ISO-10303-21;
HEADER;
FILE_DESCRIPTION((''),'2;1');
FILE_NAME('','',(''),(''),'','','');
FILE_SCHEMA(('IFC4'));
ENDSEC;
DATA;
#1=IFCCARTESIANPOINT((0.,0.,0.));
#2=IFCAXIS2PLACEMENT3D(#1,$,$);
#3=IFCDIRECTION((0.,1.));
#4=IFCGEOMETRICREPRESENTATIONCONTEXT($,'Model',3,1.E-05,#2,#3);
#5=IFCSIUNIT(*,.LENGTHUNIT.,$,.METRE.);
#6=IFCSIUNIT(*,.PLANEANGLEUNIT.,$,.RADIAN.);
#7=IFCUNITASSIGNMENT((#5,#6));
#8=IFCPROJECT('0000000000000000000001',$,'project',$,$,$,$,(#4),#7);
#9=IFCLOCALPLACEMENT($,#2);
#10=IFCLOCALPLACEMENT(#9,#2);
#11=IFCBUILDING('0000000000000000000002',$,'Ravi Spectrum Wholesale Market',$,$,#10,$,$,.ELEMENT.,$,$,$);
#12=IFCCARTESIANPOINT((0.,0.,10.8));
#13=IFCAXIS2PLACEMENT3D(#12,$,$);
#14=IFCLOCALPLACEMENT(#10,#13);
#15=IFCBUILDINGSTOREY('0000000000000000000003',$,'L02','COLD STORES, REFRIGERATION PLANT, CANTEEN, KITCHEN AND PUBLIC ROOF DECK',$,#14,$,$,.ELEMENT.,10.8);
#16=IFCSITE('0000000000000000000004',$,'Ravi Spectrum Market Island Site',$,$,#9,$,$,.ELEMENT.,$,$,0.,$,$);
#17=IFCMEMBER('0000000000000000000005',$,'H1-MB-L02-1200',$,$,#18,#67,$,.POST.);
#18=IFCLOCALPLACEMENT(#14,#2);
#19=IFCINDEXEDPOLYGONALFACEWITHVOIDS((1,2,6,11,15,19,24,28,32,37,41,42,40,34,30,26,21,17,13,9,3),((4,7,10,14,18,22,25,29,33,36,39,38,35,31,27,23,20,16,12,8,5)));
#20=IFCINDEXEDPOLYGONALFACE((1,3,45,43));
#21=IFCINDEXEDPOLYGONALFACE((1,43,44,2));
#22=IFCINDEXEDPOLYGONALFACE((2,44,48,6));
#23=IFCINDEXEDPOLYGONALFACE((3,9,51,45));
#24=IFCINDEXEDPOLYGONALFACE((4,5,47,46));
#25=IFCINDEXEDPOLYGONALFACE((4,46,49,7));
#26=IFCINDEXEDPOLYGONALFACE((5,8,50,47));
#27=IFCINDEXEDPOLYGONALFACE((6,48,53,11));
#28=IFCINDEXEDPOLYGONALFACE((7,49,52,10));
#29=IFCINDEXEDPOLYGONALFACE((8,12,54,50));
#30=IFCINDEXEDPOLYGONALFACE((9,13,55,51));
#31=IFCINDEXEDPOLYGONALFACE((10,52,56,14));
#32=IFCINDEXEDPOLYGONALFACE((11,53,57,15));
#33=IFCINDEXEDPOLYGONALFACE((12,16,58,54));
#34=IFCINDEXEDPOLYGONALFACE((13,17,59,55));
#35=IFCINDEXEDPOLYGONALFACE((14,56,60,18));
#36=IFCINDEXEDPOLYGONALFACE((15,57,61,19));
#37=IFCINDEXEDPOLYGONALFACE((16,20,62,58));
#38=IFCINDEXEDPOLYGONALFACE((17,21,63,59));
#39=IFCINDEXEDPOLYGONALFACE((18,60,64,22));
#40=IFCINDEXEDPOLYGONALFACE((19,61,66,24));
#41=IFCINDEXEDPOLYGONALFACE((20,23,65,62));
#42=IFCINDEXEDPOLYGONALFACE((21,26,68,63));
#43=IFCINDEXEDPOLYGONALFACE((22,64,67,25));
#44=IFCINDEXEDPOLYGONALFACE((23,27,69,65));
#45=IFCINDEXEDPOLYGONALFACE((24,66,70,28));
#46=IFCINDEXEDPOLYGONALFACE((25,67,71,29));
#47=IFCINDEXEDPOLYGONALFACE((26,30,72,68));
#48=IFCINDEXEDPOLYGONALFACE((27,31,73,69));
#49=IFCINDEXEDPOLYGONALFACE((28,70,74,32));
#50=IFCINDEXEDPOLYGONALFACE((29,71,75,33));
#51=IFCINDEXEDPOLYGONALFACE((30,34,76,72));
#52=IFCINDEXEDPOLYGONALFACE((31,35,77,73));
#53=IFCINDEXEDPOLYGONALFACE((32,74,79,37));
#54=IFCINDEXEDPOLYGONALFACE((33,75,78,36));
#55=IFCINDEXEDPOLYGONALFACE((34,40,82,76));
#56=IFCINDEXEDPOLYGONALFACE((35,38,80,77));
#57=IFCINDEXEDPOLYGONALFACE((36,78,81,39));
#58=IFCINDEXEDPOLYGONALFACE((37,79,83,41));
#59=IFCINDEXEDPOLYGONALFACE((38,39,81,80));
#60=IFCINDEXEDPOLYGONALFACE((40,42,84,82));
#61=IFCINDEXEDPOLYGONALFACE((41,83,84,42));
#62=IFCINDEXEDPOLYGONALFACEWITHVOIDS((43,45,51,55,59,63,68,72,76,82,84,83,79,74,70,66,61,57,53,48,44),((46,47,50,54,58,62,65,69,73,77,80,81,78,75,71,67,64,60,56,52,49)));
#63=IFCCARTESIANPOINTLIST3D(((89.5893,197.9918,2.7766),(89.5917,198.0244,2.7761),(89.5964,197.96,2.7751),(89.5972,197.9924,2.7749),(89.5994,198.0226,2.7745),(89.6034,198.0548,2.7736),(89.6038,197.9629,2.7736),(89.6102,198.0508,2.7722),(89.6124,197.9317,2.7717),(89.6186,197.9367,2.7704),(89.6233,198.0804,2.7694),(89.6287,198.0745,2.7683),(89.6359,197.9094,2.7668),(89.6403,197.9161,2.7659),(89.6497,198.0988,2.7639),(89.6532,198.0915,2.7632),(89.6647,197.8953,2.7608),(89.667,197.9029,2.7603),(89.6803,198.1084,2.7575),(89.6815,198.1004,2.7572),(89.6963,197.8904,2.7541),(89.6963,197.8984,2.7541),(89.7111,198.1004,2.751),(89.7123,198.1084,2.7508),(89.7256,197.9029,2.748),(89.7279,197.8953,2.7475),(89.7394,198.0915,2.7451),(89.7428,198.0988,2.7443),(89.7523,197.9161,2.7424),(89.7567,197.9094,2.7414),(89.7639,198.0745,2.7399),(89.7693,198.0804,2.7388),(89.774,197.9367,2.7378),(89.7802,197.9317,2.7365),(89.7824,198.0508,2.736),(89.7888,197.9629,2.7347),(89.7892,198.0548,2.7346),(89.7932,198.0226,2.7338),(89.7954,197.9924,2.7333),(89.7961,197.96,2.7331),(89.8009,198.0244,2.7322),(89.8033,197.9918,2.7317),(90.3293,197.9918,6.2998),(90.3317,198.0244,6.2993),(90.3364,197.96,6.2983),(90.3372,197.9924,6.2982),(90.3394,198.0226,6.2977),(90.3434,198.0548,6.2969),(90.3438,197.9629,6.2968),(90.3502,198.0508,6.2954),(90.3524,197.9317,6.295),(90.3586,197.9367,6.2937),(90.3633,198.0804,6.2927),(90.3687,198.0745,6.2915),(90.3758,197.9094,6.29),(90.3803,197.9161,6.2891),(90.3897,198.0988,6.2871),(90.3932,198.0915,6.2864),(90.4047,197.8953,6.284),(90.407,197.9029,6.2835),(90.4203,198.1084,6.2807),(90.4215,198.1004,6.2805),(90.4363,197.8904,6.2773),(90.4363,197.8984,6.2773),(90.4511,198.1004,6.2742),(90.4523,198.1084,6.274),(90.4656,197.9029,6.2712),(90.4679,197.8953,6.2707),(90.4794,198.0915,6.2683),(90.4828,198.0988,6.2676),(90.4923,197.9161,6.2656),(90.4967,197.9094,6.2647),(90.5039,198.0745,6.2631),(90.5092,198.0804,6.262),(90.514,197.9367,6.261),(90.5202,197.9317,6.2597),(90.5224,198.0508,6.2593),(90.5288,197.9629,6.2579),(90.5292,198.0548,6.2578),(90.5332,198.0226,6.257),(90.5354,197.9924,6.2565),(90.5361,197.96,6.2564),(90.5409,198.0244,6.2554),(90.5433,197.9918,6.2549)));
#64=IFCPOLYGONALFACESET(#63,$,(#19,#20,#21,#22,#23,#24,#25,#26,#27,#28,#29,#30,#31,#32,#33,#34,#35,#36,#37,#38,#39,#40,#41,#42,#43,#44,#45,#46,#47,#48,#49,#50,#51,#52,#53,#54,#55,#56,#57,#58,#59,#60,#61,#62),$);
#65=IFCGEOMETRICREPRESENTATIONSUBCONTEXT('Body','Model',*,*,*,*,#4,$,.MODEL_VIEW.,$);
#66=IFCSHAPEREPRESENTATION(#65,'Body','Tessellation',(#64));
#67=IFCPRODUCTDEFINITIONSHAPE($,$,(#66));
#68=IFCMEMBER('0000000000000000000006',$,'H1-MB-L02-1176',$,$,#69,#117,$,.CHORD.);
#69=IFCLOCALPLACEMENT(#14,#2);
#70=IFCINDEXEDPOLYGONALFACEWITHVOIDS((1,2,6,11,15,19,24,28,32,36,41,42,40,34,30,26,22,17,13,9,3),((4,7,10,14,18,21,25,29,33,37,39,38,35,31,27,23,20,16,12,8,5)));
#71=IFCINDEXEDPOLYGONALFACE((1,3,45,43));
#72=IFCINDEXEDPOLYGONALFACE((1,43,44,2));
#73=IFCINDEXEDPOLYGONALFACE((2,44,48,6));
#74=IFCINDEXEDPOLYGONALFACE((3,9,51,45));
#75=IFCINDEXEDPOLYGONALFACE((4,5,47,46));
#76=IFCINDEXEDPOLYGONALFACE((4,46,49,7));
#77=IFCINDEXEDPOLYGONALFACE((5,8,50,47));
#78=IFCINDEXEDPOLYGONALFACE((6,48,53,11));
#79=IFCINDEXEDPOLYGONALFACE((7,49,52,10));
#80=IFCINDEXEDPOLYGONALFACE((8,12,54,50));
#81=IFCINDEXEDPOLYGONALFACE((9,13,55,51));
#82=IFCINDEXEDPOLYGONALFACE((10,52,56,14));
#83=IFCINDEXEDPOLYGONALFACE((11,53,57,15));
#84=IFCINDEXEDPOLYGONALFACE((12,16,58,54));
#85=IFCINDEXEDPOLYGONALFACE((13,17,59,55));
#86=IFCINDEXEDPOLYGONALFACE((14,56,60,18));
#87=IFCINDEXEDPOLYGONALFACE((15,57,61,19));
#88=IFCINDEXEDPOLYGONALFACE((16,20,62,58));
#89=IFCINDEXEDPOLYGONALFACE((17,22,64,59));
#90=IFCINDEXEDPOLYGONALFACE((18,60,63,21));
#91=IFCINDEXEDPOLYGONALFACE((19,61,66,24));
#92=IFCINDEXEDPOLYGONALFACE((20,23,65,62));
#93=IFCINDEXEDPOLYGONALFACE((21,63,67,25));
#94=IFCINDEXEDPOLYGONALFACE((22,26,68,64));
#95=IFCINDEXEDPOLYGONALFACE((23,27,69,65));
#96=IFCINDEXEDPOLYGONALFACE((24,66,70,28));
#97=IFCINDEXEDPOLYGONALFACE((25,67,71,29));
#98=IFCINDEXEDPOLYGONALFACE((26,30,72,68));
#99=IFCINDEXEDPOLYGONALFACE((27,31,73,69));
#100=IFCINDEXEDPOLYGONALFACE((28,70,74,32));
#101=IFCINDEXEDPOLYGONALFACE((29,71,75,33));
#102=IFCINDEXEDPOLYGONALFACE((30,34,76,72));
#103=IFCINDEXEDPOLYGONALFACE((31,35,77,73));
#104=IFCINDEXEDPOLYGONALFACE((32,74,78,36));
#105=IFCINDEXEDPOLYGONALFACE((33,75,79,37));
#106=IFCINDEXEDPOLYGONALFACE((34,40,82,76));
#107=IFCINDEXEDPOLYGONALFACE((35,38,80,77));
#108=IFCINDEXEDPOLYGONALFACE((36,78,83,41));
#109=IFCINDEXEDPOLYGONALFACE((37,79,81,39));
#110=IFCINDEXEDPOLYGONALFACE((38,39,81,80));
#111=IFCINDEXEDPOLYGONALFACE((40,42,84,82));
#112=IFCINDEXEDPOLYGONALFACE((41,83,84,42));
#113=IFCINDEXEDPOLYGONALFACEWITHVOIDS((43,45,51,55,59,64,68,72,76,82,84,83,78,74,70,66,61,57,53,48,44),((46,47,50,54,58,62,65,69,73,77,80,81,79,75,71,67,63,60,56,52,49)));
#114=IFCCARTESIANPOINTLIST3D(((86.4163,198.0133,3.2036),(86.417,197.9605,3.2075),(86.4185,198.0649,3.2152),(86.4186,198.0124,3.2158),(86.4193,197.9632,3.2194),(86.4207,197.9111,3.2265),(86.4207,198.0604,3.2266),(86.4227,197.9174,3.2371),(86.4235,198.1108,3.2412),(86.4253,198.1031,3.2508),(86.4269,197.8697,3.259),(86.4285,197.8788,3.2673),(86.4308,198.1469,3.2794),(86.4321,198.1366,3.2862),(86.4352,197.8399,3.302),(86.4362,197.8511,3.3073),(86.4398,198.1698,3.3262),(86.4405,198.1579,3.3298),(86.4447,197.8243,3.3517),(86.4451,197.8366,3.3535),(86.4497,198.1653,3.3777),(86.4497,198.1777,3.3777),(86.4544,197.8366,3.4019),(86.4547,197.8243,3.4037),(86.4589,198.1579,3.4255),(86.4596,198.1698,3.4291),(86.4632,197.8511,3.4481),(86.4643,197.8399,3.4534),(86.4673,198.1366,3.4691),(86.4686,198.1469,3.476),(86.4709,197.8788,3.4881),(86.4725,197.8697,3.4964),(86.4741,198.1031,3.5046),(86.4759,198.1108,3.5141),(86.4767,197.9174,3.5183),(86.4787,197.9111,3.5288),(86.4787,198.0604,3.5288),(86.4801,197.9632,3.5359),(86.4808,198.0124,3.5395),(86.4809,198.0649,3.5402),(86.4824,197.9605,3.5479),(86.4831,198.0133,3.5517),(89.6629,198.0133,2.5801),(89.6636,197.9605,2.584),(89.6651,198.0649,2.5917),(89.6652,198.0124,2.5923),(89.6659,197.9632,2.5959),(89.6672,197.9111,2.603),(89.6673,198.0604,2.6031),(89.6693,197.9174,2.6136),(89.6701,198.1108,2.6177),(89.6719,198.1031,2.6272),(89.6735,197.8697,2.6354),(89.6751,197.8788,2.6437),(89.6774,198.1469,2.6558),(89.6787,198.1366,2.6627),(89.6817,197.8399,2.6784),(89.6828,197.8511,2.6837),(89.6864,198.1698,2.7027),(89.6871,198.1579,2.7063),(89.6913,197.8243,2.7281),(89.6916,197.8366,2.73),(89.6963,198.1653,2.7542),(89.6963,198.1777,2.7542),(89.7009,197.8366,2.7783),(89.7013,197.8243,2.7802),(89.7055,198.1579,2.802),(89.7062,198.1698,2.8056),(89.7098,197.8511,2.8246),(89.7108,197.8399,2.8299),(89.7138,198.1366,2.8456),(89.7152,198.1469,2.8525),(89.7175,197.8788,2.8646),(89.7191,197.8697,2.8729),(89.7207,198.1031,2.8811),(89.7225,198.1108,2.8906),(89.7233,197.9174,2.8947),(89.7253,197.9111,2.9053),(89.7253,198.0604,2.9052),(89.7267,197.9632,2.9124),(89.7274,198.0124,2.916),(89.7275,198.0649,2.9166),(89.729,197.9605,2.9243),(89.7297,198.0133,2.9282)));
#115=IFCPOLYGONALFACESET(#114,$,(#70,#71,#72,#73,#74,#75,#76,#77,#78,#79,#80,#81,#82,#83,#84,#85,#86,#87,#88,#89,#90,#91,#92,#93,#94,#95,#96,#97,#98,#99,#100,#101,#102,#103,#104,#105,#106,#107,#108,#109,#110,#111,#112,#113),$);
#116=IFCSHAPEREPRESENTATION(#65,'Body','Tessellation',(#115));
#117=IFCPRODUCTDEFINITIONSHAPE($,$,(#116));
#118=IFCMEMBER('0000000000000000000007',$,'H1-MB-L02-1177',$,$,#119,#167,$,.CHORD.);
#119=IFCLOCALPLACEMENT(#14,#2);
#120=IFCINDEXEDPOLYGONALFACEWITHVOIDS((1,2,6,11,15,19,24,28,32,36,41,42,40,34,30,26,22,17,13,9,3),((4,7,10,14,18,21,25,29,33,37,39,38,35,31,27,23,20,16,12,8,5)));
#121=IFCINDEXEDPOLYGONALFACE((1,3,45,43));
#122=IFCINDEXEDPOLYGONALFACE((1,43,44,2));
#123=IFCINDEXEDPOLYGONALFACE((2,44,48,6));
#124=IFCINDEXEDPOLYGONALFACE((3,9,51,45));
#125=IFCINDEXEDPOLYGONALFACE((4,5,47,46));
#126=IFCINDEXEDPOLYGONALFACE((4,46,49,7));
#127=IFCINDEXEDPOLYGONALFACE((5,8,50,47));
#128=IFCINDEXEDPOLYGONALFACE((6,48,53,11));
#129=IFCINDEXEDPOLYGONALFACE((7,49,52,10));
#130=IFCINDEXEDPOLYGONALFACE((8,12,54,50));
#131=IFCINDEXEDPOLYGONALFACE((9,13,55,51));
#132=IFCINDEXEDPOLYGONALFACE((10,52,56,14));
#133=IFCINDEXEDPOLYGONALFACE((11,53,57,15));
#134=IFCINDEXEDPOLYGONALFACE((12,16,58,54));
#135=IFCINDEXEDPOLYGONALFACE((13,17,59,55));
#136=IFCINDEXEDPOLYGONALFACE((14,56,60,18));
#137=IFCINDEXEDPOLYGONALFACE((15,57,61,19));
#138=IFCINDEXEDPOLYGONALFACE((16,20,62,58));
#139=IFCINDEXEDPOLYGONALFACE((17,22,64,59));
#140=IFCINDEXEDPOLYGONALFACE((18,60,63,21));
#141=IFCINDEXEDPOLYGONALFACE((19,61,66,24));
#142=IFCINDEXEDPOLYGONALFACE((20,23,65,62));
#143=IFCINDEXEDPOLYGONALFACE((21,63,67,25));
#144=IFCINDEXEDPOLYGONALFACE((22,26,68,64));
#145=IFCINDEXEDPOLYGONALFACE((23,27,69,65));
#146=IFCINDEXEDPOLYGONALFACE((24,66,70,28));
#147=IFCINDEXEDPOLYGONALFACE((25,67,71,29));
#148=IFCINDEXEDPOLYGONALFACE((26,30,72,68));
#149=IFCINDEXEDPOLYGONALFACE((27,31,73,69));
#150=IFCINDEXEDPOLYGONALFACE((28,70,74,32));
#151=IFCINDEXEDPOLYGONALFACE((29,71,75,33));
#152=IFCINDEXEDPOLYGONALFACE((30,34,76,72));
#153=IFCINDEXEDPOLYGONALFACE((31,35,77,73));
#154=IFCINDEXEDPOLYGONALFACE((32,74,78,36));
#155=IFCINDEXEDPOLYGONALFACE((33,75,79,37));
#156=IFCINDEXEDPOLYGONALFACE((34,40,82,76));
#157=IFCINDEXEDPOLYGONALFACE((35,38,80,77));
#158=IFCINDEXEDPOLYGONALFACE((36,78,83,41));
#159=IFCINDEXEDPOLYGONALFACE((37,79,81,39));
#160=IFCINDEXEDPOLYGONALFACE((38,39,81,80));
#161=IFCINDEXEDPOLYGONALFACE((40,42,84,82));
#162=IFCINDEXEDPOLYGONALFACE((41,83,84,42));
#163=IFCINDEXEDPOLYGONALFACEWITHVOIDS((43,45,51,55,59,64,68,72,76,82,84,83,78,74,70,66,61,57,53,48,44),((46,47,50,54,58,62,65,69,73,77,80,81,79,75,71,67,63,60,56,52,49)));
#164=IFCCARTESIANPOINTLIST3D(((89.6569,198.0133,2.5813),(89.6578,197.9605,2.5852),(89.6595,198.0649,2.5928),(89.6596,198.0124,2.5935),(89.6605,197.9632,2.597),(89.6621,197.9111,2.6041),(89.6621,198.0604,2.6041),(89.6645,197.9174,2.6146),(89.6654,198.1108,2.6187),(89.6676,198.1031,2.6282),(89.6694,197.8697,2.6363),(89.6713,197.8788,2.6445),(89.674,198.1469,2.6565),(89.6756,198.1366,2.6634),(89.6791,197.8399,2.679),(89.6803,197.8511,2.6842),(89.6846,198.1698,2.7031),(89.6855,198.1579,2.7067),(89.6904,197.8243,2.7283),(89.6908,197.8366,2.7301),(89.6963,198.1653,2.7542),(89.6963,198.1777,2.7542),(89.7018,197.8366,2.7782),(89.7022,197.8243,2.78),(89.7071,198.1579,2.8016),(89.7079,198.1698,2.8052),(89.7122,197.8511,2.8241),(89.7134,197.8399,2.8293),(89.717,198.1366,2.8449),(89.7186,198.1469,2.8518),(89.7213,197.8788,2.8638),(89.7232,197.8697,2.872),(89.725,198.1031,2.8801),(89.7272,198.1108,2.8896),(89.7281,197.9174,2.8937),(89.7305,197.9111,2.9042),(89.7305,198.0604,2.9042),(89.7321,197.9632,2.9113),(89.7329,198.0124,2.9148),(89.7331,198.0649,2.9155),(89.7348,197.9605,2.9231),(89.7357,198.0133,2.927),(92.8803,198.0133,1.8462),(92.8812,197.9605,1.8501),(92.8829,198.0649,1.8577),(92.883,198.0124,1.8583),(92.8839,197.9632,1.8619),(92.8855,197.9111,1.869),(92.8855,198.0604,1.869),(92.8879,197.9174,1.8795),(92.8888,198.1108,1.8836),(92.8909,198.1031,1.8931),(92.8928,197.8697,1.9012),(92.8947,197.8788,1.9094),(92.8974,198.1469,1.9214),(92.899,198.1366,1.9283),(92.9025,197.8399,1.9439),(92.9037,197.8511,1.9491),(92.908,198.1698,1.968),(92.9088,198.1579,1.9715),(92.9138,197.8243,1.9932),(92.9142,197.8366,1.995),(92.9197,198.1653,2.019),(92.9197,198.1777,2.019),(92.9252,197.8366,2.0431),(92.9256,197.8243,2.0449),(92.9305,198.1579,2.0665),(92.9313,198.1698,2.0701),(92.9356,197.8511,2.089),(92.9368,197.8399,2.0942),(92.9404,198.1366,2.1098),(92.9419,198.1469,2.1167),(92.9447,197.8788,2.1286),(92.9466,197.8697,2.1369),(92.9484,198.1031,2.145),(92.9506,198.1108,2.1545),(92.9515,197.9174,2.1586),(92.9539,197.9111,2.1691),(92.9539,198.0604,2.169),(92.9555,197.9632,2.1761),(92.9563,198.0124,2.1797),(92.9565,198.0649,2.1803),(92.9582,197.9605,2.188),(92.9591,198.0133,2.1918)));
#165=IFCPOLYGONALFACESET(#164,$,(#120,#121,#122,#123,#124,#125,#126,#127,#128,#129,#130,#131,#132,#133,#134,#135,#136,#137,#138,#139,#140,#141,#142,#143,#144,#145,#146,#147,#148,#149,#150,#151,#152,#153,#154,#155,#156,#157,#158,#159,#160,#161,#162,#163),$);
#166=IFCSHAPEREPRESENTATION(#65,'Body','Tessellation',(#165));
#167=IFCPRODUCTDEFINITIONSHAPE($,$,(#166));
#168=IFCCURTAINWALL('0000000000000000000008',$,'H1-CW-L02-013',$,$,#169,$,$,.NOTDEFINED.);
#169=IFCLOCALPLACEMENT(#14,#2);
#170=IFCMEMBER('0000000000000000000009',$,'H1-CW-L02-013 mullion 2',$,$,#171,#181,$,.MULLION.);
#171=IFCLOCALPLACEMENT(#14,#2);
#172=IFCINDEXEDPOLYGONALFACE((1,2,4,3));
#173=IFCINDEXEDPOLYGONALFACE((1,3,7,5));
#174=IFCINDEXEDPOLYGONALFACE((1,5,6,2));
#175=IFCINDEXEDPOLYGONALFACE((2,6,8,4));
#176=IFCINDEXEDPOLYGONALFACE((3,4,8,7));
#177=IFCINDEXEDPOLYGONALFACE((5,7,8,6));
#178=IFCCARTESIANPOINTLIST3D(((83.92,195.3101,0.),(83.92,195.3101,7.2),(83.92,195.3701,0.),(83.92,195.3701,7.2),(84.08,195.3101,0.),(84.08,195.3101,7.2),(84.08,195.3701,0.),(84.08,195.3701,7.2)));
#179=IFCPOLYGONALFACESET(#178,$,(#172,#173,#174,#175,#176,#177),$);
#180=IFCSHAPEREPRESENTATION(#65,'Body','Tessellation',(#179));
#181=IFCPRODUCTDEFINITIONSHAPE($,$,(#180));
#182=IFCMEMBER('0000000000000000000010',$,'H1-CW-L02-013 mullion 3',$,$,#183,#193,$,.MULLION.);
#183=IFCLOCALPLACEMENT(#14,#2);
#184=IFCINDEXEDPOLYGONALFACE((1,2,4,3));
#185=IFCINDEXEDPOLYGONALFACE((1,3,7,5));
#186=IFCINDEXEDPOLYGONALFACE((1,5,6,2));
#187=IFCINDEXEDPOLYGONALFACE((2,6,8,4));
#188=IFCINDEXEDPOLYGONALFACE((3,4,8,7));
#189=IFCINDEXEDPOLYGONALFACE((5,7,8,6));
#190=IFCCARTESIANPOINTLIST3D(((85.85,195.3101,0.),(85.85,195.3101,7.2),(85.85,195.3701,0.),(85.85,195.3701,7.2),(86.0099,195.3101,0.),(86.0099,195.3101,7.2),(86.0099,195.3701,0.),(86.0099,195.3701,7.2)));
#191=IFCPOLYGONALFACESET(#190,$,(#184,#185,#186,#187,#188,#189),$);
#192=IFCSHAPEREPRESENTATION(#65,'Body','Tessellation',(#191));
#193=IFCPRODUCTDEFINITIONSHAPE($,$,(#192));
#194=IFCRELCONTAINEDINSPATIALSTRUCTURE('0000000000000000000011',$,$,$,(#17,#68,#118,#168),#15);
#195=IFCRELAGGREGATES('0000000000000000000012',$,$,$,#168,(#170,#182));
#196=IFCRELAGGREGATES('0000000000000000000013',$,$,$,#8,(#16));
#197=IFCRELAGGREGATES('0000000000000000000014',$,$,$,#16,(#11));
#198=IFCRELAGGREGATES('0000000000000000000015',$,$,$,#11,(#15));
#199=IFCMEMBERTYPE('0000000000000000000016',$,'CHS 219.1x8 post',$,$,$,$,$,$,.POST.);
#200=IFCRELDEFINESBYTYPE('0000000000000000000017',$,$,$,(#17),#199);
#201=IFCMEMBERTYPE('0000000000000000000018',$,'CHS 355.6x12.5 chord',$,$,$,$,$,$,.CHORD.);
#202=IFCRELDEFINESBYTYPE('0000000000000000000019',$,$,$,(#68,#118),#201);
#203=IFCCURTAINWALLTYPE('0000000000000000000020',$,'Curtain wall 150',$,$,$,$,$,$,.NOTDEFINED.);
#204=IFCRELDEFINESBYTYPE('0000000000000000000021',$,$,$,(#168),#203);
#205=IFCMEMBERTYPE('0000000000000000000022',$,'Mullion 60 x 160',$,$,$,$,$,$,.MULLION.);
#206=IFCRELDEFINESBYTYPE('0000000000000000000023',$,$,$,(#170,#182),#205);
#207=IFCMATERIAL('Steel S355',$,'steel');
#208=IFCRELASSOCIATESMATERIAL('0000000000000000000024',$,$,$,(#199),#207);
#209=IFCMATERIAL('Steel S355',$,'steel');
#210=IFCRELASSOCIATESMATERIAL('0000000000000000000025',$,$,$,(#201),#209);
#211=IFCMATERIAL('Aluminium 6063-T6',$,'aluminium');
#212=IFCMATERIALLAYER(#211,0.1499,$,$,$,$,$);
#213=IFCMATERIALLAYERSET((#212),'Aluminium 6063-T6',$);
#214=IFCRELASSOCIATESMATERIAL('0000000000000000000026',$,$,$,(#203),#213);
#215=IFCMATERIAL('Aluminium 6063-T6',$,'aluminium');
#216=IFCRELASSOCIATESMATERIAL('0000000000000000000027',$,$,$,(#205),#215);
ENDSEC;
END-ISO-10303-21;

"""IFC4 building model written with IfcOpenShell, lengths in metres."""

from ifc_helpers import new_model, si_unit, direction, frame, origin, origin_2d, place, context, subcontext, project, spatial, rectangle, hollow_circle, extrude, material, layer, layer_set, material_profile, profile_set, type_object, element, aggregate, save


model = new_model("IFC4")

# Units and contexts
model_context = context("Model", 3, precision=1e-05, world=origin(), true_north=direction((0.0, 1.0)))
body_context = subcontext(model_context, "Body", "Model", "MODEL_VIEW")
ifc_project = project(units=[si_unit("LENGTHUNIT", "METRE"), si_unit("PLANEANGLEUNIT", "RADIAN")], contexts=[model_context])

# Site, building, storey
site_placement = place(None, origin())
site = spatial("IfcSite", under=ifc_project, at=site_placement, Name="Ravi Spectrum Market Island Site", CompositionType="ELEMENT", RefElevation=0.0)
building_placement = place(site_placement, origin())
building = spatial("IfcBuilding", under=site, at=building_placement, Name="Ravi Spectrum Wholesale Market", CompositionType="ELEMENT")
storey_placement = place(building_placement, frame((0.0, 0.0, 10.8)))
storey = spatial("IfcBuildingStorey", under=building, at=storey_placement, Name="L02", Description="COLD STORES, REFRIGERATION PLANT, CANTEEN, KITCHEN AND PUBLIC ROOF DECK", CompositionType="ELEMENT", Elevation=10.8)

# Members
ifc_material_1 = material(Name="Steel S355", Category="steel")
ifc_material_profile_1 = material_profile(ifc_material_1, hollow_circle(Radius=0.1096, WallThickness=0.0081, at=origin_2d()))
ifc_profile_set_1 = profile_set([ifc_material_profile_1], Name="Steel S355")
member_type_1 = type_object("IfcMemberType", Name="CHS 219.1x8 post", PredefinedType="POST", material=ifc_profile_set_1)
for number, where, z_axis, x_axis, name in (
    (1, (90.4363, 198.0, 6.2773), (-0.205549, 0.0, -0.978647), (0.0, -1.0, 0.0), "H1-MB-L02-1200"),
):
    element("IfcMember", number, at=place(storey_placement, frame(where, z_axis=z_axis, x_axis=x_axis)), inside=storey, type_object=member_type_1, Name=name, PredefinedType="POST", context=body_context, shape_type="SweptSolid", body=[
        extrude(hollow_circle(Radius=0.1096, WallThickness=0.0081, at=origin_2d()), origin(), (0.0, 0.0, 1.0), 3.6001),
    ])
ifc_material_2 = material(Name="Steel S355", Category="steel")
ifc_material_profile_2 = material_profile(ifc_material_2, hollow_circle(Radius=0.1777, WallThickness=0.0125, at=origin_2d()))
ifc_profile_set_2 = profile_set([ifc_material_profile_2], Name="Steel S355")
member_type_2 = type_object("IfcMemberType", Name="CHS 355.6x12.5 chord", PredefinedType="CHORD", material=ifc_profile_set_2)
member_1_placement = place(storey_placement, frame((86.4497, 198.0, 3.3777), z_axis=(0.982052, 0.0, -0.188612), x_axis=(0.0, 1.0, 0.0)))
element("IfcMember", 2, at=member_1_placement, inside=storey, type_object=member_type_2, Name="H1-MB-L02-1176", PredefinedType="CHORD", context=body_context, shape_type="SweptSolid", body=[
    extrude(hollow_circle(Radius=0.1777, WallThickness=0.0125, at=origin_2d()), origin(), (0.0, 0.0, 1.0), 3.3059),
])
member_2_placement = place(storey_placement, frame((89.6963, 198.0, 2.7542), z_axis=(0.974968, 0.0, -0.222346), x_axis=(0.0, 1.0, 0.0)))
element("IfcMember", 3, at=member_2_placement, inside=storey, type_object=member_type_2, Name="H1-MB-L02-1177", PredefinedType="CHORD", context=body_context, shape_type="SweptSolid", body=[
    extrude(hollow_circle(Radius=0.1777, WallThickness=0.0125, at=origin_2d()), origin(), (0.0, 0.0, 1.0), 3.3062),
])

# Curtain wall, members
ifc_material_3 = material(Name="Aluminium 6063-T6", Category="aluminium")
ifc_layer_1 = layer(ifc_material_3, 0.1499)
ifc_layer_set_1 = layer_set([ifc_layer_1], Name="Aluminium 6063-T6")
curtain_wall_type = type_object("IfcCurtainWallType", Name="Curtain wall 150", PredefinedType="NOTDEFINED", material=ifc_layer_set_1)
curtain_wall_1_placement = place(storey_placement, origin())
curtain_wall_1 = element("IfcCurtainWall", 4, at=curtain_wall_1_placement, inside=storey, type_object=curtain_wall_type, Name="H1-CW-L02-013", PredefinedType="NOTDEFINED")
ifc_material_4 = material(Name="Aluminium 6063-T6", Category="aluminium")
ifc_material_profile_3 = material_profile(ifc_material_4, rectangle(XDim=0.0601, YDim=0.1599, at=origin_2d()))
ifc_profile_set_3 = profile_set([ifc_material_profile_3], Name="Aluminium 6063-T6")
member_type_3 = type_object("IfcMemberType", Name="Mullion 60 x 160", PredefinedType="MULLION", material=ifc_profile_set_3)
member_3_placement = place(storey_placement, frame((84.0, 195.3401, 0.0), z_axis=(0.0, 0.0, 1.0), x_axis=(0.0, 1.0, 0.0)))
member_3 = element("IfcMember", 5, at=member_3_placement, type_object=member_type_3, Name="H1-CW-L02-013 mullion 2", PredefinedType="MULLION", context=body_context, shape_type="SweptSolid", body=[
    extrude(rectangle(XDim=0.0601, YDim=0.1599, at=origin_2d()), origin(), (0.0, 0.0, 1.0), 7.2),
])
member_4_placement = place(storey_placement, frame((85.9299, 195.3401, 0.0), z_axis=(0.0, 0.0, 1.0), x_axis=(0.0, 1.0, 0.0)))
member_4 = element("IfcMember", 6, at=member_4_placement, type_object=member_type_3, Name="H1-CW-L02-013 mullion 3", PredefinedType="MULLION", context=body_context, shape_type="SweptSolid", body=[
    extrude(rectangle(XDim=0.0601, YDim=0.1599, at=origin_2d()), origin(), (0.0, 0.0, 1.0), 7.2),
])

aggregate(curtain_wall_1, [member_3, member_4])

save(model, "model.ifc")
